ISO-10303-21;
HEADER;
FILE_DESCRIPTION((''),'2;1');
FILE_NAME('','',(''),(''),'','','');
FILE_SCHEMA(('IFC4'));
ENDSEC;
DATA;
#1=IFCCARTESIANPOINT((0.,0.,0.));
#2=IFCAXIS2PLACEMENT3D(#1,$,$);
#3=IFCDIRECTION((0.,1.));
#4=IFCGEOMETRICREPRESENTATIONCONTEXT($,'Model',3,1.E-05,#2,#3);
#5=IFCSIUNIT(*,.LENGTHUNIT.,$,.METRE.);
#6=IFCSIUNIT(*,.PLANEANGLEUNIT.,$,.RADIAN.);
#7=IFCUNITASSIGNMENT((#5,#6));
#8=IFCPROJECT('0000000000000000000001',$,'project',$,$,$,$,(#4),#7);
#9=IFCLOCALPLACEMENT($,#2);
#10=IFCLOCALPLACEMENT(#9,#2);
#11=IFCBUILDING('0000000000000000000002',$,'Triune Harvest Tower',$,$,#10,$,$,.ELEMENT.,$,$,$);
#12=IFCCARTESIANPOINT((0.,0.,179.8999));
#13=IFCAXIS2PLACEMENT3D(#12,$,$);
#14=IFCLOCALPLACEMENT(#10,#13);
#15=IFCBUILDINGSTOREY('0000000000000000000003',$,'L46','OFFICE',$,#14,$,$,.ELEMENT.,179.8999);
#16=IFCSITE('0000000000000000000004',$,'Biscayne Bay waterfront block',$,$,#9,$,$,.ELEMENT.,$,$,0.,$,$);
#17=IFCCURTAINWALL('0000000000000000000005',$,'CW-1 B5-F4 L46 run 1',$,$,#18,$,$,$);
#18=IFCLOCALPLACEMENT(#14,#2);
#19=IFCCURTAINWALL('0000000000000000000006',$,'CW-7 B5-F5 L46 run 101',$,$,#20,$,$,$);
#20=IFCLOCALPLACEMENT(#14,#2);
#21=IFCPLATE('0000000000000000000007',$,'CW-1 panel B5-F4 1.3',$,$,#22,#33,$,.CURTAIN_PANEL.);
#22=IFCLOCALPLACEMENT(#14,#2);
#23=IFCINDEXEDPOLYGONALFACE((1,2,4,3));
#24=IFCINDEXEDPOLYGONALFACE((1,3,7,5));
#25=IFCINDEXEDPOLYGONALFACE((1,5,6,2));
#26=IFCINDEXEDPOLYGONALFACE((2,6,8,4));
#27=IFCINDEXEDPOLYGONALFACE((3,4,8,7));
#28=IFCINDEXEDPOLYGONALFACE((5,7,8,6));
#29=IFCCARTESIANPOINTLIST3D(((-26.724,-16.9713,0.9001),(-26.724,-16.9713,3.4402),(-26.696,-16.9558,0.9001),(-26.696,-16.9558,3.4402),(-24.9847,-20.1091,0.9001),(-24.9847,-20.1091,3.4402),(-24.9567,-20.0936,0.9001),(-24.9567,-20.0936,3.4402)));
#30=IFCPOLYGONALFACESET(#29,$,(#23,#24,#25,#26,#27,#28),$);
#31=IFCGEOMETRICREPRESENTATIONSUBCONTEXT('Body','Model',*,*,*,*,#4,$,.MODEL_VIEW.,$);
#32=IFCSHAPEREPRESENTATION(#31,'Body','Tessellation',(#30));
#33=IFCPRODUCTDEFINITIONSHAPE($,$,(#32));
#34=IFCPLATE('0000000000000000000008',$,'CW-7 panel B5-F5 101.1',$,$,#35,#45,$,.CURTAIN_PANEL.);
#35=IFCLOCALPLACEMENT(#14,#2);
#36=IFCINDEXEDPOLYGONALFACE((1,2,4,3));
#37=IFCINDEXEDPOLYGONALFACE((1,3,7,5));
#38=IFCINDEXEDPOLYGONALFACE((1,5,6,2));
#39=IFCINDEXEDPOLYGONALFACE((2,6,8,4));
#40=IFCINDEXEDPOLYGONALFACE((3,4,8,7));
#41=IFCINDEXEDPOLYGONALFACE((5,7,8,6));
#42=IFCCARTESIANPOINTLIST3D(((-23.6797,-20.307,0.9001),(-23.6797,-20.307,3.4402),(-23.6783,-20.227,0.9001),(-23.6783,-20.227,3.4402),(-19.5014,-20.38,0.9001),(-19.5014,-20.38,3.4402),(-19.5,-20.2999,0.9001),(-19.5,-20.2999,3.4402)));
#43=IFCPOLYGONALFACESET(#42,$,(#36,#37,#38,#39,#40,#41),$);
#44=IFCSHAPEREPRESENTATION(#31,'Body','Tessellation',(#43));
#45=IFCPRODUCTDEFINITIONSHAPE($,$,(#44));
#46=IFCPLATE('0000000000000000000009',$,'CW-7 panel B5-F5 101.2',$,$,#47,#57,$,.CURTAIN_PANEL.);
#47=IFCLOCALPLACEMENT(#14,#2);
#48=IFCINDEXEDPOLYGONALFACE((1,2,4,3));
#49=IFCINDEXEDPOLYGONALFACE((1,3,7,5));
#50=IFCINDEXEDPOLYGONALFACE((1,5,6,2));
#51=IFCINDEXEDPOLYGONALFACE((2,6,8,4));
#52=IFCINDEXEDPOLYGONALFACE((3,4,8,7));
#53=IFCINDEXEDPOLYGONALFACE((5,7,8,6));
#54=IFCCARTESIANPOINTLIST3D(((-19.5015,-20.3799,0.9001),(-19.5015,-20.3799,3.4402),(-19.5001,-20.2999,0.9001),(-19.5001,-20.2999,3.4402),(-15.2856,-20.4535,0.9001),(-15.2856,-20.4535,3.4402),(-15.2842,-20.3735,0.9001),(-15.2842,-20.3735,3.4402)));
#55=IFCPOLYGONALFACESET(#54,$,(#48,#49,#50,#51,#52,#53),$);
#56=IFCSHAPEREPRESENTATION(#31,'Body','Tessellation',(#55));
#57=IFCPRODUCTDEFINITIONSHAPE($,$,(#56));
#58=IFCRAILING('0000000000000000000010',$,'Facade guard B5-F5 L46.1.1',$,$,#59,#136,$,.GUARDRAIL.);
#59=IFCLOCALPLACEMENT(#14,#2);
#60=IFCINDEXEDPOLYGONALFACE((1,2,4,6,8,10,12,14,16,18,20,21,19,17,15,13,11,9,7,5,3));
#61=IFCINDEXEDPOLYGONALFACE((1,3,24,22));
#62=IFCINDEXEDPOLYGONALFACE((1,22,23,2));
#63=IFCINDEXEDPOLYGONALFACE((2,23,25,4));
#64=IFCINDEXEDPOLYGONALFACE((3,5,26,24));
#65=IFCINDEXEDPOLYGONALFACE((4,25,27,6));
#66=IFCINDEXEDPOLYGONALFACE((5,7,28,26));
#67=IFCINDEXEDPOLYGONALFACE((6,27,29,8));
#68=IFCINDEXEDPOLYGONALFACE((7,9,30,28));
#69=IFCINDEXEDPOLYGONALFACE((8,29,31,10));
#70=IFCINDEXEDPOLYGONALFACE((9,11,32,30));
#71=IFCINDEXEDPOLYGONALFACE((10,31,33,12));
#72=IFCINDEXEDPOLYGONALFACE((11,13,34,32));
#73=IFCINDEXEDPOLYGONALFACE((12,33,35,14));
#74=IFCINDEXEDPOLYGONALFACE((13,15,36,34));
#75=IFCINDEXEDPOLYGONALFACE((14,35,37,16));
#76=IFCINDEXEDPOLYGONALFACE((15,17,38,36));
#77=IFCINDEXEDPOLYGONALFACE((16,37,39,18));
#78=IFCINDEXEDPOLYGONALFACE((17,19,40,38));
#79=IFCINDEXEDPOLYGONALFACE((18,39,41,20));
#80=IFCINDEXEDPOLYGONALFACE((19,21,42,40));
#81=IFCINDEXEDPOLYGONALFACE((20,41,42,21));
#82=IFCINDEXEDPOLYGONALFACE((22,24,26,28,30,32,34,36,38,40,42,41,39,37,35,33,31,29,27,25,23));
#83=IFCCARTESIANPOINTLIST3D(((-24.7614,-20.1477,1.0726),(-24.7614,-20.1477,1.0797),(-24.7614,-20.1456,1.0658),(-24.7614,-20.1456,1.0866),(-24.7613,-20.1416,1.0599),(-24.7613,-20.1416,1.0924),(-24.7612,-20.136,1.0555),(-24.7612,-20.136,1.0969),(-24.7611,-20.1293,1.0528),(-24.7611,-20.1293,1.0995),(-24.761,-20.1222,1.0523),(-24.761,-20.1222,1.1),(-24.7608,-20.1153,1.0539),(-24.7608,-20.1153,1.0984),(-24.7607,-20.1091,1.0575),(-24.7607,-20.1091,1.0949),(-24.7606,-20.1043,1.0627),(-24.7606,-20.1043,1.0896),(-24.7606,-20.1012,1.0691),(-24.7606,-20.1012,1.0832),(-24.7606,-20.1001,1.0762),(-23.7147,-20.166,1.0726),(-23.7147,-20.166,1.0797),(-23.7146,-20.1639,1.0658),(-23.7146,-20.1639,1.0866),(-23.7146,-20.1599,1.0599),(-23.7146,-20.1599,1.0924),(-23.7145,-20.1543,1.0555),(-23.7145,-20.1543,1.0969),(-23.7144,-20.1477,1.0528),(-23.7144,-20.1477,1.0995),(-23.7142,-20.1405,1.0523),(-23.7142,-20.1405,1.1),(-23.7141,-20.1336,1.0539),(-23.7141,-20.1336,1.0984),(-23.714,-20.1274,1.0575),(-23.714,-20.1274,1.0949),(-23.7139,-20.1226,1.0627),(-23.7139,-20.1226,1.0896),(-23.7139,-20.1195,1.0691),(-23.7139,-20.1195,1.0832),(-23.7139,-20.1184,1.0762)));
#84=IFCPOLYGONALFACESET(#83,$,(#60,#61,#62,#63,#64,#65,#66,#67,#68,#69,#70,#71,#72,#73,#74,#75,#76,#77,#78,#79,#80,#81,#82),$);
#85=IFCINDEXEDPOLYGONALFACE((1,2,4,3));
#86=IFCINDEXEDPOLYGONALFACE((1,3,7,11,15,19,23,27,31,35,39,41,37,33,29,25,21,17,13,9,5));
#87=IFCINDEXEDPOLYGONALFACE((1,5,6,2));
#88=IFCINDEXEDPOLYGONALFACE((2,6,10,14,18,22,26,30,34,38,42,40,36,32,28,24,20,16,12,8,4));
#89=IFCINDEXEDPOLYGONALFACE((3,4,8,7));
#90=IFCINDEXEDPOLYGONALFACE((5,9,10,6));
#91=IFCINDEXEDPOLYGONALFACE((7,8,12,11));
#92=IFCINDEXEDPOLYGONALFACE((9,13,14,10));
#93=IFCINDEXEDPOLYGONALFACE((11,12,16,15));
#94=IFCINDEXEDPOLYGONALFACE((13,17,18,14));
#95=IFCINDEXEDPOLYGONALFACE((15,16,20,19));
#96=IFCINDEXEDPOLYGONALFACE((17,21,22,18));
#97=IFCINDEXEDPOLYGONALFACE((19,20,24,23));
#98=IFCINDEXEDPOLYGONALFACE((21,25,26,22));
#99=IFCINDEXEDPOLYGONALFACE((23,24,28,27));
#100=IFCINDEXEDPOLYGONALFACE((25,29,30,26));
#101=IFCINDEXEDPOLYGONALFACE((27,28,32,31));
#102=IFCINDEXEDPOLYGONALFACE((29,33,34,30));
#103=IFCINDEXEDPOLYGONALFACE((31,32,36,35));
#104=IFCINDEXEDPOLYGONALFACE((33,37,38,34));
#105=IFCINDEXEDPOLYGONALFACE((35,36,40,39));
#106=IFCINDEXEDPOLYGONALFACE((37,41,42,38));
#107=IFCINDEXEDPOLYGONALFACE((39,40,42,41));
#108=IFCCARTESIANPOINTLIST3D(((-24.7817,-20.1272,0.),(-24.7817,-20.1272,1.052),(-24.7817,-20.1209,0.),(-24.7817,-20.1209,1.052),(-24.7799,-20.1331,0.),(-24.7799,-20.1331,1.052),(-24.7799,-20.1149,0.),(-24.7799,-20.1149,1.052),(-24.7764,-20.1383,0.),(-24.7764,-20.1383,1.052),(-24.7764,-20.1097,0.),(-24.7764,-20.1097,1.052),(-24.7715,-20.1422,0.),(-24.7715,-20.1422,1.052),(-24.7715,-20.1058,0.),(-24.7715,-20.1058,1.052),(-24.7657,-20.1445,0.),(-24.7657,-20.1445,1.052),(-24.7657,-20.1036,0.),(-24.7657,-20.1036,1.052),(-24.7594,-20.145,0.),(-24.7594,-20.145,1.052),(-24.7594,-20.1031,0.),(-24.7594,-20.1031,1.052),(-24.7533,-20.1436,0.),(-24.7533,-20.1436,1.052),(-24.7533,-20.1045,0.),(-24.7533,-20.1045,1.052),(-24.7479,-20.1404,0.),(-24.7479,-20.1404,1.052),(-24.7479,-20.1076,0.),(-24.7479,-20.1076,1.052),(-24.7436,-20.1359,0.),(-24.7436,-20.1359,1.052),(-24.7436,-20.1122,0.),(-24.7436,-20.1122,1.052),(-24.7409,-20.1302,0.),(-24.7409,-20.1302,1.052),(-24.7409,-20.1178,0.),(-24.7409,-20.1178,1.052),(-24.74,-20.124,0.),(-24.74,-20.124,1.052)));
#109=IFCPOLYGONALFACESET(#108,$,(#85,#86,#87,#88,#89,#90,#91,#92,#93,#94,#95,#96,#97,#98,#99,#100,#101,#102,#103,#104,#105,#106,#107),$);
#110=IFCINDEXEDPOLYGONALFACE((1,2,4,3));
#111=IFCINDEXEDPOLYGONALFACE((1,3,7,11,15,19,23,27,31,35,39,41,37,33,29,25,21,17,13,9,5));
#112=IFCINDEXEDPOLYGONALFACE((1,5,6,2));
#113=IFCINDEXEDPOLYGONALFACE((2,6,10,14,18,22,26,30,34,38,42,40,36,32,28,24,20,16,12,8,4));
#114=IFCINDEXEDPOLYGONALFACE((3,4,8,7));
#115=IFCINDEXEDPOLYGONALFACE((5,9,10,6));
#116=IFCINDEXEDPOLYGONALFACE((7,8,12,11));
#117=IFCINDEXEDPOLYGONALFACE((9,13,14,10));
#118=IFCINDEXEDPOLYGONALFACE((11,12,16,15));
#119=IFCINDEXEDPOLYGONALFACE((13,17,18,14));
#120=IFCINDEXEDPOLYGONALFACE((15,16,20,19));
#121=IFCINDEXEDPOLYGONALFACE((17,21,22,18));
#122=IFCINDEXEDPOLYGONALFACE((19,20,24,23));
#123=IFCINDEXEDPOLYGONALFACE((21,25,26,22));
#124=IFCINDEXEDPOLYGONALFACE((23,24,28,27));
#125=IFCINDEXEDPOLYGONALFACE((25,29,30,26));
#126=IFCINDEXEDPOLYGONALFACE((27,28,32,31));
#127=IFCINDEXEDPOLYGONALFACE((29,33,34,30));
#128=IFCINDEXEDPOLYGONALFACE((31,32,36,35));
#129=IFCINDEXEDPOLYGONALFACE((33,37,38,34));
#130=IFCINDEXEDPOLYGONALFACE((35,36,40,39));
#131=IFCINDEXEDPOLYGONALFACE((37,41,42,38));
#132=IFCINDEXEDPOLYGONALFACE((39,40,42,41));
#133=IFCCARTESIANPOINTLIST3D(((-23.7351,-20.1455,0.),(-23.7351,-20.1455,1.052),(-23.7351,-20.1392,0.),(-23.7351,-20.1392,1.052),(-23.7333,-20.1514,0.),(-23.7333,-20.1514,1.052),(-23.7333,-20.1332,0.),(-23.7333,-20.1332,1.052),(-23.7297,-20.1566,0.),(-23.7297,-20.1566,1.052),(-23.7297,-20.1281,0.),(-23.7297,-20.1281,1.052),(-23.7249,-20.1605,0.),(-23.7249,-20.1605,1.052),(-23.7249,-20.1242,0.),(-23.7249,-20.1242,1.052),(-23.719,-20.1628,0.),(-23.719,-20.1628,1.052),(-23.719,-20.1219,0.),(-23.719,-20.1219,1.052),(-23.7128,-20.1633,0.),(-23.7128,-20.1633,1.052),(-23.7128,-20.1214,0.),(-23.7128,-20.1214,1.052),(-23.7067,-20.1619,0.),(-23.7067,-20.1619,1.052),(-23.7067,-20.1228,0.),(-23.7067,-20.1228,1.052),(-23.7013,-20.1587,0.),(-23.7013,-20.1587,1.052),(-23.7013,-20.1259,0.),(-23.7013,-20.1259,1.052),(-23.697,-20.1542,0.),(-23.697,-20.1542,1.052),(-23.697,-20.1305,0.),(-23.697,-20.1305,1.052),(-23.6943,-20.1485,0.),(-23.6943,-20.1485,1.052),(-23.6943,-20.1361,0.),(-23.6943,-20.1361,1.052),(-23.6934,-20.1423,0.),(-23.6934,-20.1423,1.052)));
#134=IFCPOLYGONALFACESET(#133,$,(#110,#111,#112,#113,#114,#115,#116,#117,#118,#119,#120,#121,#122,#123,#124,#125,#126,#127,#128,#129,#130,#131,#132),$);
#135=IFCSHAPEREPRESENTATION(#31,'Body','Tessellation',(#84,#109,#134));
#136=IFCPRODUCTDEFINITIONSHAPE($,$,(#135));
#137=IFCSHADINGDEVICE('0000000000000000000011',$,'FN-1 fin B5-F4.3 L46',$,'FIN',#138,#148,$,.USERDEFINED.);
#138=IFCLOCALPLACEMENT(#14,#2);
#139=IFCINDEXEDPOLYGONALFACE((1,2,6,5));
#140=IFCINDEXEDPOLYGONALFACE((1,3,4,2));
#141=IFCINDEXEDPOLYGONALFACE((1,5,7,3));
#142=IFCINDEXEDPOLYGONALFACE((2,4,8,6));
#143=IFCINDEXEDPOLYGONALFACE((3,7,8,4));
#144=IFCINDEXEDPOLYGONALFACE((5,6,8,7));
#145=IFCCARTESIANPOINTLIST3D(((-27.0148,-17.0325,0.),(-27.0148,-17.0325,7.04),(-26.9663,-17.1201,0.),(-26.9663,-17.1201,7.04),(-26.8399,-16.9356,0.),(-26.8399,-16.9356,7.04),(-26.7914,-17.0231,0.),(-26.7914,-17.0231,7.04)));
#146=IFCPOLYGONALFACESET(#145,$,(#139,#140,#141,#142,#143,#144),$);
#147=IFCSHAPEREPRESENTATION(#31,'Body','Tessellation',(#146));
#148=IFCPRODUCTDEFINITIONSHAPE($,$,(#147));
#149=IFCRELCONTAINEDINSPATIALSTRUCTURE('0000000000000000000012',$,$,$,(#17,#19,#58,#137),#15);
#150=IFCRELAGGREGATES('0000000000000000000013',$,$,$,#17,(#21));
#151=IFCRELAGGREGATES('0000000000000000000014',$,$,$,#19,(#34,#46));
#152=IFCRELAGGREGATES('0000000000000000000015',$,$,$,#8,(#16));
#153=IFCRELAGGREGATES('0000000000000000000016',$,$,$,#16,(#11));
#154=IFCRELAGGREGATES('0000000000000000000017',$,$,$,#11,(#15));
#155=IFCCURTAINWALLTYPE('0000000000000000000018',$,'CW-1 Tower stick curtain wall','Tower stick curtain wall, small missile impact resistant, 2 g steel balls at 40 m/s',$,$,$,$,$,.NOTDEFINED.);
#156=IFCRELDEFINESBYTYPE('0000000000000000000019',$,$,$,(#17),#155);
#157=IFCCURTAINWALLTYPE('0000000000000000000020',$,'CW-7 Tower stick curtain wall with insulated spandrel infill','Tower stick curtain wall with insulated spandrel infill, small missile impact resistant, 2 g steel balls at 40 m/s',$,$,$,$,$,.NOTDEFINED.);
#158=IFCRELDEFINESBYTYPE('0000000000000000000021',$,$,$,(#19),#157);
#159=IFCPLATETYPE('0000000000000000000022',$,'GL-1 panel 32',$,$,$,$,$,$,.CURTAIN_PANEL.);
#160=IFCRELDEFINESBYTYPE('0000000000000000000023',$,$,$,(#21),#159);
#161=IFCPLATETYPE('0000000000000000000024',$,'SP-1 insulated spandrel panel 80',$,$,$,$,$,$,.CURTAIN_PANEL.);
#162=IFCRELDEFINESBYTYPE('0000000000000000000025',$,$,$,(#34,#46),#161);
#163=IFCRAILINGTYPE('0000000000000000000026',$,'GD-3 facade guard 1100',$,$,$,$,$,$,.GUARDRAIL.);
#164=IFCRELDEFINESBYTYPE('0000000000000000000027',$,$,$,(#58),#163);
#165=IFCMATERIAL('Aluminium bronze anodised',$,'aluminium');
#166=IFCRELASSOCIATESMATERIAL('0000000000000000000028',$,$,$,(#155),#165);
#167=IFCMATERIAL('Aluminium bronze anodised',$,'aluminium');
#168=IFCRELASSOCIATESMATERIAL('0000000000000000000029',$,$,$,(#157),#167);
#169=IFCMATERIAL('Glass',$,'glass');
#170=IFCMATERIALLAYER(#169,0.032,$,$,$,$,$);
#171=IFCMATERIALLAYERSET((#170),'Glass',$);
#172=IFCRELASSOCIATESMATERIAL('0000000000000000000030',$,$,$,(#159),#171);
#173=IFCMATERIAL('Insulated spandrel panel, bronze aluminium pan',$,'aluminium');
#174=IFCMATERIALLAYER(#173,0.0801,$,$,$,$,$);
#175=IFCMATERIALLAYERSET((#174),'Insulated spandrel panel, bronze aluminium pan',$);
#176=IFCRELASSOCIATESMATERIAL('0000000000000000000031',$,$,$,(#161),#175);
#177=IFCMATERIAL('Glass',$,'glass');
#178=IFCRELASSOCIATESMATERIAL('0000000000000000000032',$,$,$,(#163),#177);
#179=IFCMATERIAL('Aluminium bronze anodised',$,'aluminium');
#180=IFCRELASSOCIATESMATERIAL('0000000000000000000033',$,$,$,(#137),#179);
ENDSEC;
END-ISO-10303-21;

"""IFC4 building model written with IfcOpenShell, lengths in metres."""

from ifc_helpers import new_model, si_unit, direction, frame, origin, origin_2d, place, context, subcontext, project, spatial, rectangle, circle, extrude, source, transform, mapped, material, layer, layer_set, type_object, element, aggregate, save


model = new_model("IFC4")

# Units and contexts
model_context = context("Model", 3, precision=1e-05, world=origin(), true_north=direction((0.0, 1.0)))
body_context = subcontext(model_context, "Body", "Model", "MODEL_VIEW")
ifc_project = project(units=[si_unit("LENGTHUNIT", "METRE"), si_unit("PLANEANGLEUNIT", "RADIAN")], contexts=[model_context])

# Site, building, storey
site_placement = place(None, origin())
site = spatial("IfcSite", under=ifc_project, at=site_placement, Name="Biscayne Bay waterfront block", CompositionType="ELEMENT", RefElevation=0.0)
building_placement = place(site_placement, origin())
building = spatial("IfcBuilding", under=site, at=building_placement, Name="Triune Harvest Tower", CompositionType="ELEMENT")
storey_placement = place(building_placement, frame((0.0, 0.0, 179.8999)))
storey = spatial("IfcBuildingStorey", under=building, at=storey_placement, Name="L46", Description="OFFICE", CompositionType="ELEMENT", Elevation=179.8999)

# Curtain wall
ifc_material_1 = material(Name="Aluminium bronze anodised", Category="aluminium")
curtain_wall_type_1 = type_object("IfcCurtainWallType", Name="CW-1 Tower stick curtain wall", Description="Tower stick curtain wall, small missile impact resistant, 2 g steel balls at 40 m/s", PredefinedType="NOTDEFINED", material=ifc_material_1)
curtain_wall_1_placement = place(storey_placement, origin())
curtain_wall_1 = element("IfcCurtainWall", 1, at=curtain_wall_1_placement, inside=storey, type_object=curtain_wall_type_1, Name="CW-1 B5-F4 L46 run 1")

# Curtain wall
ifc_material_2 = material(Name="Aluminium bronze anodised", Category="aluminium")
curtain_wall_type_2 = type_object("IfcCurtainWallType", Name="CW-7 Tower stick curtain wall with insulated spandrel infill", Description="Tower stick curtain wall with insulated spandrel infill, small missile impact resistant, 2 g steel balls at 40 m/s", PredefinedType="NOTDEFINED", material=ifc_material_2)
curtain_wall_2_placement = place(storey_placement, origin())
curtain_wall_2 = element("IfcCurtainWall", 2, at=curtain_wall_2_placement, inside=storey, type_object=curtain_wall_type_2, Name="CW-7 B5-F5 L46 run 101")

# Plates
ifc_material_3 = material(Name="Glass", Category="glass")
ifc_layer_1 = layer(ifc_material_3, 0.032)
ifc_layer_set_1 = layer_set([ifc_layer_1], Name="Glass")
plate_type_1 = type_object("IfcPlateType", Name="GL-1 panel 32", PredefinedType="CURTAIN_PANEL", material=ifc_layer_set_1)
shared_shape_1 = source(origin(), body_context, "Body", "SweptSolid", [
    extrude(rectangle(XDim=3.5876, YDim=0.032, at=origin_2d()), origin(), (0.0, 0.0, 1.0), 2.54),
])
plate_1_placement = place(storey_placement, frame((-25.8403, -18.5325, 0.9001), z_axis=(0.0, 0.0, 1.0), x_axis=(0.484802, -0.874624, 0.0)))
plate_1 = element("IfcPlate", 3, at=plate_1_placement, type_object=plate_type_1, Name="CW-1 panel B5-F4 1.3", PredefinedType="CURTAIN_PANEL", context=body_context, shape_type="MappedRepresentation", body=[
    mapped(shared_shape_1, transform((0.0, 0.0, 0.0), scale=1.0)),
])
aggregate(curtain_wall_1, [plate_1])
ifc_material_4 = material(Name="Insulated spandrel panel, bronze aluminium pan", Category="aluminium")
ifc_layer_2 = layer(ifc_material_4, 0.0801)
ifc_layer_set_2 = layer_set([ifc_layer_2], Name="Insulated spandrel panel, bronze aluminium pan")
plate_type_2 = type_object("IfcPlateType", Name="SP-1 insulated spandrel panel 80", PredefinedType="CURTAIN_PANEL", material=ifc_layer_set_2)
shared_shape_2 = source(origin(), body_context, "Body", "SweptSolid", [
    extrude(rectangle(XDim=4.179, YDim=0.0801, at=origin_2d()), origin(), (0.0, 0.0, 1.0), 2.54),
])
plate_2_placement = place(storey_placement, frame((-21.5898, -20.3035, 0.9001), z_axis=(0.0, 0.0, 1.0), x_axis=(0.999848, -0.017454, 0.0)))
plate_2 = element("IfcPlate", 4, at=plate_2_placement, type_object=plate_type_2, Name="CW-7 panel B5-F5 101.1", PredefinedType="CURTAIN_PANEL", context=body_context, shape_type="MappedRepresentation", body=[
    mapped(shared_shape_2, transform((0.0, 0.0, 0.0), scale=1.0)),
])
shared_shape_3 = source(origin(), body_context, "Body", "SweptSolid", [
    extrude(rectangle(XDim=4.2166, YDim=0.0801, at=origin_2d()), origin(), (0.0, 0.0, 1.0), 2.54),
])
plate_3_placement = place(storey_placement, frame((-17.3928, -20.3767, 0.9001), z_axis=(0.0, 0.0, 1.0), x_axis=(0.999848, -0.017454, 0.0)))
plate_3 = element("IfcPlate", 5, at=plate_3_placement, type_object=plate_type_2, Name="CW-7 panel B5-F5 101.2", PredefinedType="CURTAIN_PANEL", context=body_context, shape_type="MappedRepresentation", body=[
    mapped(shared_shape_3, transform((0.0, 0.0, 0.0), scale=1.0)),
])
aggregate(curtain_wall_2, [plate_2, plate_3])

# Railing
ifc_material_5 = material(Name="Glass", Category="glass")
railing_type = type_object("IfcRailingType", Name="GD-3 facade guard 1100", PredefinedType="GUARDRAIL", material=ifc_material_5)
railing_placement = place(storey_placement, frame((-24.761, -20.124, 0.0)))
element("IfcRailing", 6, at=railing_placement, inside=storey, type_object=railing_type, Name="Facade guard B5-F5 L46.1.1", PredefinedType="GUARDRAIL", context=body_context, shape_type="SweptSolid", body=[
    extrude(circle(Radius=0.0239, at=origin_2d()), frame((0.0, 0.0, 1.0762), z_axis=(0.999847, -0.017492, 0.0), x_axis=(0.017492, 0.999847, 0.0)), (0.0, 0.0, 1.0), 1.0469),
    extrude(circle(Radius=0.021, at=origin_2d()), origin(), (0.0, 0.0, 1.0), 1.052),
    extrude(circle(Radius=0.021, at=origin_2d()), frame((1.0466, -0.0183, 0.0)), (0.0, 0.0, 1.0), 1.052),
])

# Shading device
ifc_material_6 = material(Name="Aluminium bronze anodised", Category="aluminium")
shared_shape_4 = source(origin(), body_context, "Body", "SweptSolid", [
    extrude(rectangle(XDim=0.1001, YDim=0.2, at=origin_2d()), origin(), (0.0, 0.0, 1.0), 7.04),
])
shading_device_placement = place(storey_placement, frame((-26.9031, -17.0278, 0.0), z_axis=(0.0, 0.0, 1.0), x_axis=(0.484802, -0.874624, 0.0)))
element("IfcShadingDevice", 7, at=shading_device_placement, inside=storey, material=ifc_material_6, Name="FN-1 fin B5-F4.3 L46", ObjectType="FIN", PredefinedType="USERDEFINED", context=body_context, shape_type="MappedRepresentation", body=[
    mapped(shared_shape_4, transform((0.0, 0.0, 0.0), scale=1.0)),
])

save(model, "model.ifc")
